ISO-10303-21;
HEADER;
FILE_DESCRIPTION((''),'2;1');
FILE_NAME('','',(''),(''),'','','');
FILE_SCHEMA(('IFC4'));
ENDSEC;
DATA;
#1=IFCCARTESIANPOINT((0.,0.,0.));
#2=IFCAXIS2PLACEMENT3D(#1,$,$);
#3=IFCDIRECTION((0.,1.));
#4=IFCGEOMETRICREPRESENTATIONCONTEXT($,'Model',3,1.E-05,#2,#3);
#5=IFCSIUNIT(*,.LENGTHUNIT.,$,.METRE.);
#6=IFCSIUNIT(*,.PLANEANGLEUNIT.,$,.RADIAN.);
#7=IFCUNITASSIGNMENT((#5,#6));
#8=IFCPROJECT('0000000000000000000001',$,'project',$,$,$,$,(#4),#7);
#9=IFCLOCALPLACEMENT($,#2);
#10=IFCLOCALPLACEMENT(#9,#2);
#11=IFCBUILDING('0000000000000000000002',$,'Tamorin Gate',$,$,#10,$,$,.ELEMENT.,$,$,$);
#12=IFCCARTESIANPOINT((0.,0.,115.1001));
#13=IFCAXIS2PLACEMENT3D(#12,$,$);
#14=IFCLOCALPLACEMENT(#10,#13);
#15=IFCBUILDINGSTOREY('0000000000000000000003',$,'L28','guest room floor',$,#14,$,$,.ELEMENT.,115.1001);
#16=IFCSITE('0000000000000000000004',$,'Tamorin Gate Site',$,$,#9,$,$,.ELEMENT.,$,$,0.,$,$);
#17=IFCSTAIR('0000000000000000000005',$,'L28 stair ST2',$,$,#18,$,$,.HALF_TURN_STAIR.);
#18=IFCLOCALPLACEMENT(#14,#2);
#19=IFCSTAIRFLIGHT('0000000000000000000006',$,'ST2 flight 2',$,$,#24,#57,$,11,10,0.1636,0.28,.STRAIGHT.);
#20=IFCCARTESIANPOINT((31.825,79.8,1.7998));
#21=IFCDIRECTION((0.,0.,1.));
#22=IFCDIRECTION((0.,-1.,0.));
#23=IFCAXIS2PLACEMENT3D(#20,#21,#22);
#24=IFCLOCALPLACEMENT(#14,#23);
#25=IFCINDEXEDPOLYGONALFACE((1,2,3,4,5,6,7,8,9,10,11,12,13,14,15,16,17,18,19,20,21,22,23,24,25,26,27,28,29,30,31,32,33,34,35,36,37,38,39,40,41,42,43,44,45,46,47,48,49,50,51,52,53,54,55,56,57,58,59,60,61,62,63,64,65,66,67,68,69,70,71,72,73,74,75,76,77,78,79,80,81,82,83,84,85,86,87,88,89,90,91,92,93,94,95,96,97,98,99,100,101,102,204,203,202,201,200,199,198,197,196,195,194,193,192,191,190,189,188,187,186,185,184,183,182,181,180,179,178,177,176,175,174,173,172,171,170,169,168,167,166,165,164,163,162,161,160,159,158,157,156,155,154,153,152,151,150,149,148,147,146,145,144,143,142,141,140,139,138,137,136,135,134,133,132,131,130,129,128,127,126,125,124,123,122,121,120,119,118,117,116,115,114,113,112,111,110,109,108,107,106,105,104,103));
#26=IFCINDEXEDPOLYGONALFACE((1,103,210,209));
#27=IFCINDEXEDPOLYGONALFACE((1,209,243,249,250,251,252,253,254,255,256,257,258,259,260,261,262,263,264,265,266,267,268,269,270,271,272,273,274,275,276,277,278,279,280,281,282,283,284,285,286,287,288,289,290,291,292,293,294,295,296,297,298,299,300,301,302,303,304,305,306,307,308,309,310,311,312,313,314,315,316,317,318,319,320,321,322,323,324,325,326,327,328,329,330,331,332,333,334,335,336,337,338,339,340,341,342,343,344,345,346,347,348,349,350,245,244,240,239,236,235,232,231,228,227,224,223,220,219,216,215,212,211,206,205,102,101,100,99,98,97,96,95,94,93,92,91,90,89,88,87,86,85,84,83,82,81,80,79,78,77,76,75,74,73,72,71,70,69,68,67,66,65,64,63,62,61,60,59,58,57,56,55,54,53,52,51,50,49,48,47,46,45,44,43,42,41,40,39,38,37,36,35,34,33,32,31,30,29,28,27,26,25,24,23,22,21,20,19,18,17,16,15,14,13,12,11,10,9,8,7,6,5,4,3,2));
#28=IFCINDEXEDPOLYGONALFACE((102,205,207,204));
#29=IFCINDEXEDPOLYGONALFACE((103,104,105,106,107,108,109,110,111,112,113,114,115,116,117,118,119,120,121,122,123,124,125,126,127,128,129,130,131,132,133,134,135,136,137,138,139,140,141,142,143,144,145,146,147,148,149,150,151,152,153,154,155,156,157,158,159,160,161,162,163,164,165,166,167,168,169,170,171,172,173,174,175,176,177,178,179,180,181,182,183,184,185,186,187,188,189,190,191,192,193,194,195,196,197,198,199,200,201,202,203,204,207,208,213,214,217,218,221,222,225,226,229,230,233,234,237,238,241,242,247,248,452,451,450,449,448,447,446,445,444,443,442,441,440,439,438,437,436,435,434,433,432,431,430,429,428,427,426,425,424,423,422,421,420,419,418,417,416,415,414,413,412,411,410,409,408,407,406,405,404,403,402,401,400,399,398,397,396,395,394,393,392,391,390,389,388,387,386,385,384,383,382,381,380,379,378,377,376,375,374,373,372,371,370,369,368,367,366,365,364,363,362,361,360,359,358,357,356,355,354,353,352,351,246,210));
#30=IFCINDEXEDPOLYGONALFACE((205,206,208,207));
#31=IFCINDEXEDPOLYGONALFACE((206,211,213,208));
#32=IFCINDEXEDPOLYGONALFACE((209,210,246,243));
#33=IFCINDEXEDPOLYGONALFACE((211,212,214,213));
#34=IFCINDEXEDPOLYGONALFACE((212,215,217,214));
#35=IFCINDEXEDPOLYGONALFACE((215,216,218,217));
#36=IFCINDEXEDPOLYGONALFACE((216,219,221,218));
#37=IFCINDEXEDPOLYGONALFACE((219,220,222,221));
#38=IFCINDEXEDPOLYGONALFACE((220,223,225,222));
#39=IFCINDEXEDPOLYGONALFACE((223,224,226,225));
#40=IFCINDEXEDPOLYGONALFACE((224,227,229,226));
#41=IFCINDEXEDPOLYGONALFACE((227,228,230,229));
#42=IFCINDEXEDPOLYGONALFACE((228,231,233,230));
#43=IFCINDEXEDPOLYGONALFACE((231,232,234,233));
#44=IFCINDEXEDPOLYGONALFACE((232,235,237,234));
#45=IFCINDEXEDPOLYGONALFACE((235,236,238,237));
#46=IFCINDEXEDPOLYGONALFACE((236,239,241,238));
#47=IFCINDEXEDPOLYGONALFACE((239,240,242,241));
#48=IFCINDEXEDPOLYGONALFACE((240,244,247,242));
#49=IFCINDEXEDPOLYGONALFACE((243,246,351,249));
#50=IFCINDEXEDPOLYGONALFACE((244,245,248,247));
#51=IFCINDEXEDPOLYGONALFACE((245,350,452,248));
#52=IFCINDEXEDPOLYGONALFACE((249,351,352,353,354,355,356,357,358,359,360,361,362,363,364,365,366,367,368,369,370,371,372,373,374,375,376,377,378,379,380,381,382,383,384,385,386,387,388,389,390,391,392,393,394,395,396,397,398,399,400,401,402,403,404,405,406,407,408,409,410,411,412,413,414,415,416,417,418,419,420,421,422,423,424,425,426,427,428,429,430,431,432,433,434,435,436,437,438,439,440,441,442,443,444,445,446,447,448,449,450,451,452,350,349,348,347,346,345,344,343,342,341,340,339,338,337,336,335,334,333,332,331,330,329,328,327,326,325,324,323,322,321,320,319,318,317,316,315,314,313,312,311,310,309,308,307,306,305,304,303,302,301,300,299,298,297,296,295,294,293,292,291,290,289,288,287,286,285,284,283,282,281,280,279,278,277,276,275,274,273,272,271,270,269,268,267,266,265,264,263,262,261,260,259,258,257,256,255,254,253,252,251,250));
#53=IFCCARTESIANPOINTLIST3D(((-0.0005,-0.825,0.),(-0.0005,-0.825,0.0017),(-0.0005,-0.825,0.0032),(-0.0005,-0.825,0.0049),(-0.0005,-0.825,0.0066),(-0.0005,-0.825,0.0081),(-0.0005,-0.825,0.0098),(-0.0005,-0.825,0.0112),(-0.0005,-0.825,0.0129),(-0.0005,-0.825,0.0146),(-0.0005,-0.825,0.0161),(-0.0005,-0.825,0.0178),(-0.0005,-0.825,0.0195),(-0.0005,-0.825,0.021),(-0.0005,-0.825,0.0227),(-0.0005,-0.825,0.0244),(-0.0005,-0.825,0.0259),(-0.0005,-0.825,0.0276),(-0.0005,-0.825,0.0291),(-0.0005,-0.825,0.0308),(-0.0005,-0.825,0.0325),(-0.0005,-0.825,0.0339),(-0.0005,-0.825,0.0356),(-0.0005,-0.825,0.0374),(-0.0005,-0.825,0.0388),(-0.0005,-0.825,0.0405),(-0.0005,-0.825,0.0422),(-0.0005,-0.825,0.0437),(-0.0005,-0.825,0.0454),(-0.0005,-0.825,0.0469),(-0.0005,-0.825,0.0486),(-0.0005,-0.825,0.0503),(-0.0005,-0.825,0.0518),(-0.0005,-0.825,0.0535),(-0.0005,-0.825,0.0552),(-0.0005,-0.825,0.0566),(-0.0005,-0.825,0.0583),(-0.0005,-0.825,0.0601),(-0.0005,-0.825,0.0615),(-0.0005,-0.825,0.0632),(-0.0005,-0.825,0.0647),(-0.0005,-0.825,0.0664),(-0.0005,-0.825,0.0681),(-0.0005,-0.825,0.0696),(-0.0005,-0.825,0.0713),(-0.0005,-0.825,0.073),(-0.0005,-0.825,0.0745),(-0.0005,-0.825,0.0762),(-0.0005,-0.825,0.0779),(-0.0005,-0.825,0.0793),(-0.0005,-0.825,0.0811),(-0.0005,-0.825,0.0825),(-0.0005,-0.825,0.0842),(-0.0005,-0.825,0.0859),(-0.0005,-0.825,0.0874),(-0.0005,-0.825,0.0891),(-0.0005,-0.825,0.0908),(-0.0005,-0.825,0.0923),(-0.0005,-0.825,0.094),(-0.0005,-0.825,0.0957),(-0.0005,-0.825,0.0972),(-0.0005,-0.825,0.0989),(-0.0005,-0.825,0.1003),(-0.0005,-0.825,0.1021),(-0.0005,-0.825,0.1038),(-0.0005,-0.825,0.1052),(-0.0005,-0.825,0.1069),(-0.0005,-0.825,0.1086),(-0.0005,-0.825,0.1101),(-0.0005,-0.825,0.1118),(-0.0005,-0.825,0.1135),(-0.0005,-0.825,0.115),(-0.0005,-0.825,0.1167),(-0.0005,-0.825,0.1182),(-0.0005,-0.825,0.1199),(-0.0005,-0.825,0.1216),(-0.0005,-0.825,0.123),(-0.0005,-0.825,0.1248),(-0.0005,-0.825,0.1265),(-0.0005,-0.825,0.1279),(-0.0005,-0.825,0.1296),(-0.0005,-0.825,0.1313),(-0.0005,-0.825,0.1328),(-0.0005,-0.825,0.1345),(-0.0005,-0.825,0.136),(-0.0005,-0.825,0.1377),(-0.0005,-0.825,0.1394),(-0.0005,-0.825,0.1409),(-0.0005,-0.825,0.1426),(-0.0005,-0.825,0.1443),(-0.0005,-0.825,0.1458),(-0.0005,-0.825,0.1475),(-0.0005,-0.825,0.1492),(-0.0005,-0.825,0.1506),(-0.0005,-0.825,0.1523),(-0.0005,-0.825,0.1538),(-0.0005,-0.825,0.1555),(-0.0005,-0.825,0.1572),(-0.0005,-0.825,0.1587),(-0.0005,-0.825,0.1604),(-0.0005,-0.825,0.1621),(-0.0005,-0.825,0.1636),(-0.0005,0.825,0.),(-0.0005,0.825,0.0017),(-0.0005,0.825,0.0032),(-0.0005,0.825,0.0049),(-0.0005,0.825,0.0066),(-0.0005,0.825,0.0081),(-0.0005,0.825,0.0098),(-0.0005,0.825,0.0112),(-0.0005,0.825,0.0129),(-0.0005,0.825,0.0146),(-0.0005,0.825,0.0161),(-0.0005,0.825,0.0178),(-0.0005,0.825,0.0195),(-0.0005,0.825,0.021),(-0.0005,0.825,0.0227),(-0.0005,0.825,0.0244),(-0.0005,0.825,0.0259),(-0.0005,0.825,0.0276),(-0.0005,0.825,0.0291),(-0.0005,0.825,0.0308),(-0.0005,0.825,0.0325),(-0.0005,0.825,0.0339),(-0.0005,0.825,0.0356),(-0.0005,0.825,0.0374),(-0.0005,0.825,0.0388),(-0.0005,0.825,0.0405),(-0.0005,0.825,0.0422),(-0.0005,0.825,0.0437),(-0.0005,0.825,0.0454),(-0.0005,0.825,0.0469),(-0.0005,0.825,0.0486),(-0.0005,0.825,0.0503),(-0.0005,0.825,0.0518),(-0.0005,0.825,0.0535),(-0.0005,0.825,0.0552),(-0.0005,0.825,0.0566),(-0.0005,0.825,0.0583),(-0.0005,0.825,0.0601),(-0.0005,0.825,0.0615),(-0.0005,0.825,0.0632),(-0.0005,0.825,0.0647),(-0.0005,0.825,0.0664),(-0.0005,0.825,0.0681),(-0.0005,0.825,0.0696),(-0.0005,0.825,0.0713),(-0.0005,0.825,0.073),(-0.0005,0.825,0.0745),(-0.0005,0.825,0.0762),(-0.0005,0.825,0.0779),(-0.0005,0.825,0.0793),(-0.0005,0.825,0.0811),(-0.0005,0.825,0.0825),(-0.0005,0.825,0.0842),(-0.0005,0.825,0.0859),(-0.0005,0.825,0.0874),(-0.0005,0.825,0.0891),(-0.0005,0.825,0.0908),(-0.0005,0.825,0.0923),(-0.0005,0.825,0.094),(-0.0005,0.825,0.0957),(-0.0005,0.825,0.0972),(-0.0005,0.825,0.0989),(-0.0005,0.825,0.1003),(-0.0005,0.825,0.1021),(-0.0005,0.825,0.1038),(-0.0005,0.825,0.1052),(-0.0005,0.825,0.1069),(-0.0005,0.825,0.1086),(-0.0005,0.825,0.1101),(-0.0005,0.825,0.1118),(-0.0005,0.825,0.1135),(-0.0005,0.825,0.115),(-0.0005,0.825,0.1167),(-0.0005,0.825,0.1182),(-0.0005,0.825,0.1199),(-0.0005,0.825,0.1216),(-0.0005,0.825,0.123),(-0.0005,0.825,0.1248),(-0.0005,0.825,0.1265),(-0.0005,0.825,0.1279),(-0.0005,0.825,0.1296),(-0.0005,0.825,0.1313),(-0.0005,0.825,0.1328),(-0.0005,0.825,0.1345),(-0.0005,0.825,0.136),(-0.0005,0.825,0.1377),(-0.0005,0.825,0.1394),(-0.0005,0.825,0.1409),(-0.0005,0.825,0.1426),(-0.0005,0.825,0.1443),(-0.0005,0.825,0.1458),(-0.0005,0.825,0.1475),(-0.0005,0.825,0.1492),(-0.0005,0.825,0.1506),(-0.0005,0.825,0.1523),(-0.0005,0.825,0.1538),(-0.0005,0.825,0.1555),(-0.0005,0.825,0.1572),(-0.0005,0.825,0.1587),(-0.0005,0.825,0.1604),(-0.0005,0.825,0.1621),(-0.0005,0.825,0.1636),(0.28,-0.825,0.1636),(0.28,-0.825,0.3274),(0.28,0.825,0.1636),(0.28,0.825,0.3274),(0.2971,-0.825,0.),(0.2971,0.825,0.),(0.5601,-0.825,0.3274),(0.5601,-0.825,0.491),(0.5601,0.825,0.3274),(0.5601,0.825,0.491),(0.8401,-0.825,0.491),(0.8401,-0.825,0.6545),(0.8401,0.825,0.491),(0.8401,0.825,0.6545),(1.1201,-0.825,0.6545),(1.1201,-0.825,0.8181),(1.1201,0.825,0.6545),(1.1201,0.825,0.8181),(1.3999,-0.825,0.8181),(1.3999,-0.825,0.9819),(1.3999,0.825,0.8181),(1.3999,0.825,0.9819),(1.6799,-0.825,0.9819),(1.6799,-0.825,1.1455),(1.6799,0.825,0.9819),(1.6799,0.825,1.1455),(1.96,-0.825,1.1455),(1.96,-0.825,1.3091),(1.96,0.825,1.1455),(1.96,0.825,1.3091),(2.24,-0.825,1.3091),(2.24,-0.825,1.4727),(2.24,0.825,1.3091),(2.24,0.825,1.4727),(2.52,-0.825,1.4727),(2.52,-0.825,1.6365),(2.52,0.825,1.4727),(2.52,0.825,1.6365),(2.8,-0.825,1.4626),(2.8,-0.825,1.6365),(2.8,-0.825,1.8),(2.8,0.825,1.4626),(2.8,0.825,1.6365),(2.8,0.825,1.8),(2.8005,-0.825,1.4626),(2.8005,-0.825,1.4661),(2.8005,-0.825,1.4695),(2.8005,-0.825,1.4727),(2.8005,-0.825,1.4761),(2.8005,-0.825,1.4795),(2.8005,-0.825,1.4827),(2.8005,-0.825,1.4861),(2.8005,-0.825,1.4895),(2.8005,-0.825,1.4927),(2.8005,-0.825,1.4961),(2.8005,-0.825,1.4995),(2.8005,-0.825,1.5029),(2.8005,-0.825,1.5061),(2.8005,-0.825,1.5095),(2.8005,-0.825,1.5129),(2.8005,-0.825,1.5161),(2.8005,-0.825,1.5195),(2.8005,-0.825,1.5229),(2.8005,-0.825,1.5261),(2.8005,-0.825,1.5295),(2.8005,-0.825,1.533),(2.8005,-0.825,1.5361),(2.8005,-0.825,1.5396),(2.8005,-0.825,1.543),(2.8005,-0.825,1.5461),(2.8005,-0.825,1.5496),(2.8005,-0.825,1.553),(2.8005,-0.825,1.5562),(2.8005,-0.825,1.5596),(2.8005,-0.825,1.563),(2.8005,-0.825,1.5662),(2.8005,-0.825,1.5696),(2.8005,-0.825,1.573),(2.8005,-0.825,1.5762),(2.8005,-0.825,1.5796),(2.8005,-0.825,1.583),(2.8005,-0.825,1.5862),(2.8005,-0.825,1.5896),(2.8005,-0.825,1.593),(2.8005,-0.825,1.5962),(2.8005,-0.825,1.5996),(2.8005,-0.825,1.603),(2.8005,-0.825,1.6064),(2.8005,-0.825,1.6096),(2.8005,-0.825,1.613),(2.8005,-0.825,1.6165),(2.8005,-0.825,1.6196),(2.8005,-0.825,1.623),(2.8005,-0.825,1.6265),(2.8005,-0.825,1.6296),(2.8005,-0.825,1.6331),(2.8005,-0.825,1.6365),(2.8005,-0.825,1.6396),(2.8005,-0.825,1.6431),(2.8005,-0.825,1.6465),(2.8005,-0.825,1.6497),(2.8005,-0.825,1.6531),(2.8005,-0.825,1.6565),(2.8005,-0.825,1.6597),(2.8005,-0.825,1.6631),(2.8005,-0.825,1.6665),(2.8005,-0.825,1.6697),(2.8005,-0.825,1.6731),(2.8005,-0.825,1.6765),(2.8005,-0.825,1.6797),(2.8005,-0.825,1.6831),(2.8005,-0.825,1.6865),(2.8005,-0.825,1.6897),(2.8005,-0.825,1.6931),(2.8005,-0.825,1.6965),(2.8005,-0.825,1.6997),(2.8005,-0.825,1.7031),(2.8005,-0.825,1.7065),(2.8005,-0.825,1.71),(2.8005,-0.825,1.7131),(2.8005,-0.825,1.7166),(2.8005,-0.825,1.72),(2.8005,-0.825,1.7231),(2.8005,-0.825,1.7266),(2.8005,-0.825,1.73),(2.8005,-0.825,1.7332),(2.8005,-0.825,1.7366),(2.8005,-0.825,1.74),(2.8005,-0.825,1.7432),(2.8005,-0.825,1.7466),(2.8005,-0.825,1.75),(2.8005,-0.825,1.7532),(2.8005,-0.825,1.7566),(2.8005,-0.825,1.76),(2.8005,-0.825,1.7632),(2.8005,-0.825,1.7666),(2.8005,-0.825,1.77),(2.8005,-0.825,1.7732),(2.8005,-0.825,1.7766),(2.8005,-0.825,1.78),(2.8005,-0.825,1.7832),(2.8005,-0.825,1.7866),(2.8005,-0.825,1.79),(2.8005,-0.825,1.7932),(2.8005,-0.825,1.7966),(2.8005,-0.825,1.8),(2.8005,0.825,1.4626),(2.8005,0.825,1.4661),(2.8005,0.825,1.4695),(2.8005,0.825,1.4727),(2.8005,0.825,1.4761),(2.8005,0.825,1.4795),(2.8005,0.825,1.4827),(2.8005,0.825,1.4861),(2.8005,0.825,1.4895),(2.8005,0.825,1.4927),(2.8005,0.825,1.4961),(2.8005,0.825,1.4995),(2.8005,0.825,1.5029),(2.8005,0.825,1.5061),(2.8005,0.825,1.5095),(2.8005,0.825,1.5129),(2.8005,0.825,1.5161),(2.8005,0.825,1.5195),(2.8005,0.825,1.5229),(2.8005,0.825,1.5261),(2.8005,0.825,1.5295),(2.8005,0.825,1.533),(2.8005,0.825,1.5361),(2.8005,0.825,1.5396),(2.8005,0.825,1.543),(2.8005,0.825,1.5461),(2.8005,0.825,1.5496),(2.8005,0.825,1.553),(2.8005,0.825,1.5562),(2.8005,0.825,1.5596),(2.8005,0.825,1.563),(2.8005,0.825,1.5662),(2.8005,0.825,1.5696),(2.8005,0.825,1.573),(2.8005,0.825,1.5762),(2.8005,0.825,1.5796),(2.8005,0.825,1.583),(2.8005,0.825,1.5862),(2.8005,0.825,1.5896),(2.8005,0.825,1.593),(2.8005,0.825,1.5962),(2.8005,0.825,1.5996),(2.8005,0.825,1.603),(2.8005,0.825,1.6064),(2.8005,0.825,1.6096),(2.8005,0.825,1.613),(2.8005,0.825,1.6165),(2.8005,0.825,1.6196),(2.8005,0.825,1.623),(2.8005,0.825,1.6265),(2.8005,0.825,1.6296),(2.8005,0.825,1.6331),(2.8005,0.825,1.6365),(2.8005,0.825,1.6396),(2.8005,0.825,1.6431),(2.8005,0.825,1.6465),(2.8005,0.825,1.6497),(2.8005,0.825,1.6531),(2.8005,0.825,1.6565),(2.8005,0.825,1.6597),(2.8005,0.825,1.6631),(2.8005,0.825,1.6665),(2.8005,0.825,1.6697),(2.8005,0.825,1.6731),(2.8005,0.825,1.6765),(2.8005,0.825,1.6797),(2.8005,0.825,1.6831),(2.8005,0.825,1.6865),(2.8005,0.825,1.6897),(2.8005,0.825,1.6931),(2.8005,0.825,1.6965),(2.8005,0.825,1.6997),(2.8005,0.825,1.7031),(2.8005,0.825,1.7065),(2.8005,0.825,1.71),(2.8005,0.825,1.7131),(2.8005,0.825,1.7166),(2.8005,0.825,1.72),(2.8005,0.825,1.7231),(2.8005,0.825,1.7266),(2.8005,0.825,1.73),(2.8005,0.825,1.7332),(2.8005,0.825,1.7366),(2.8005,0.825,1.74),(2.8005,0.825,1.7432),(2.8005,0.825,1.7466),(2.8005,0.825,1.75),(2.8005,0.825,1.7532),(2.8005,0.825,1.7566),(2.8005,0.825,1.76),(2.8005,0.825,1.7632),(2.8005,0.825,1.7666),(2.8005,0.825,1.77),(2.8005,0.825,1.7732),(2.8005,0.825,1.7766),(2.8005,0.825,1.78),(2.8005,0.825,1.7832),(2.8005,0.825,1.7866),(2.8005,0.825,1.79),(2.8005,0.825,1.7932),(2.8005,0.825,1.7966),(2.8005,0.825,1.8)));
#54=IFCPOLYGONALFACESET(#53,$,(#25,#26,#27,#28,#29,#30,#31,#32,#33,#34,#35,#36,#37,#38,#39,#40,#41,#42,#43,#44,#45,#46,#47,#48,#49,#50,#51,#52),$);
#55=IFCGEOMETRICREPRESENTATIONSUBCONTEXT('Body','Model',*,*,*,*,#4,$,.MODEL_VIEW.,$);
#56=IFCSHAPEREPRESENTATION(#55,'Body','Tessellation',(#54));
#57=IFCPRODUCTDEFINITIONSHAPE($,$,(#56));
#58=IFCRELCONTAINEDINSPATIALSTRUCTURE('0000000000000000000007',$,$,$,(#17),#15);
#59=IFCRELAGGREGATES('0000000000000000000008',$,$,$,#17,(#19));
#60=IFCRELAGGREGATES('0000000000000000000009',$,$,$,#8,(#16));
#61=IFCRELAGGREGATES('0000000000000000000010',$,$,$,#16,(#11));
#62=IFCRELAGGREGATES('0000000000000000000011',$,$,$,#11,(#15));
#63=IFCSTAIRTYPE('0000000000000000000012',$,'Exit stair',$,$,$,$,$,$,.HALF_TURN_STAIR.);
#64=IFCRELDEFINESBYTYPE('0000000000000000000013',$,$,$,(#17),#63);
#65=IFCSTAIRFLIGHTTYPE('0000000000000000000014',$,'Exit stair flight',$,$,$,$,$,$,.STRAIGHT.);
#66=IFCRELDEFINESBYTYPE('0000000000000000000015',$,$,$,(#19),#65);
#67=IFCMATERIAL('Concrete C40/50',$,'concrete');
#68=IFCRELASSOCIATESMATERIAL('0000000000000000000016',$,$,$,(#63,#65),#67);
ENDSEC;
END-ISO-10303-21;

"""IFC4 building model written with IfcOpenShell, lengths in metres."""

from ifc_helpers import new_model, si_unit, direction, frame, origin, place, context, subcontext, project, spatial, polyline, outline, extrude, material, type_object, element, aggregate, save


model = new_model("IFC4")

# Units and contexts
model_context = context("Model", 3, precision=1e-05, world=origin(), true_north=direction((0.0, 1.0)))
body_context = subcontext(model_context, "Body", "Model", "MODEL_VIEW")
ifc_project = project(units=[si_unit("LENGTHUNIT", "METRE"), si_unit("PLANEANGLEUNIT", "RADIAN")], contexts=[model_context])

# Site, building, storey
site_placement = place(None, origin())
site = spatial("IfcSite", under=ifc_project, at=site_placement, Name="Tamorin Gate Site", CompositionType="ELEMENT", RefElevation=0.0)
building_placement = place(site_placement, origin())
building = spatial("IfcBuilding", under=site, at=building_placement, Name="Tamorin Gate", CompositionType="ELEMENT")
storey_placement = place(building_placement, frame((0.0, 0.0, 115.1001)))
storey = spatial("IfcBuildingStorey", under=building, at=storey_placement, Name="L28", Description="guest room floor", CompositionType="ELEMENT", Elevation=115.1001)

# Shared definitions
ifc_material_1 = material(Name="Concrete C40/50", Category="concrete")

# Stair, stair flight
stair_type = type_object("IfcStairType", Name="Exit stair", PredefinedType="HALF_TURN_STAIR", material=ifc_material_1)
stair_placement = place(storey_placement, origin())
stair = element("IfcStair", 1, at=stair_placement, inside=storey, type_object=stair_type, Name="L28 stair ST2", PredefinedType="HALF_TURN_STAIR")
stair_flight_type = type_object("IfcStairFlightType", Name="Exit stair flight", PredefinedType="STRAIGHT", material=ifc_material_1)
stair_flight_1_placement = place(storey_placement, frame((31.825, 79.8, 1.7998), z_axis=(0.0, 0.0, 1.0), x_axis=(0.0, -1.0, 0.0)))
stair_flight_1 = element("IfcStairFlight", 2, at=stair_flight_1_placement, type_object=stair_flight_type, Name="ST2 flight 2", NumberOfRisers=11, NumberOfTreads=10, PredefinedType="STRAIGHT", RiserHeight=0.1636, TreadLength=0.28, context=body_context, shape_type="SweptSolid", body=[
    extrude(outline(polyline([(-0.0005, 0.0), (-0.0005, 0.0017), (-0.0005, 0.0032), (-0.0005, 0.0049), (-0.0005, 0.0066), (-0.0005, 0.0081), (-0.0005, 0.0098), (-0.0005, 0.0112), (-0.0005, 0.0129), (-0.0005, 0.0146), (-0.0005, 0.0161), (-0.0005, 0.0178), (-0.0005, 0.0195), (-0.0005, 0.021), (-0.0005, 0.0227), (-0.0005, 0.0244), (-0.0005, 0.0259), (-0.0005, 0.0276), (-0.0005, 0.0291), (-0.0005, 0.0308), (-0.0005, 0.0325), (-0.0005, 0.0339), (-0.0005, 0.0356), (-0.0005, 0.0374), (-0.0005, 0.0388), (-0.0005, 0.0405), (-0.0005, 0.0422), (-0.0005, 0.0437), (-0.0005, 0.0454), (-0.0005, 0.0469), (-0.0005, 0.0486), (-0.0005, 0.0503), (-0.0005, 0.0518), (-0.0005, 0.0535), (-0.0005, 0.0552), (-0.0005, 0.0566), (-0.0005, 0.0583), (-0.0005, 0.0601), (-0.0005, 0.0615), (-0.0005, 0.0632), (-0.0005, 0.0647), (-0.0005, 0.0664), (-0.0005, 0.0681), (-0.0005, 0.0696), (-0.0005, 0.0713), (-0.0005, 0.073), (-0.0005, 0.0745), (-0.0005, 0.0762), (-0.0005, 0.0779), (-0.0005, 0.0793), (-0.0005, 0.0811), (-0.0005, 0.0825), (-0.0005, 0.0842), (-0.0005, 0.0859), (-0.0005, 0.0874), (-0.0005, 0.0891), (-0.0005, 0.0908), (-0.0005, 0.0923), (-0.0005, 0.094), (-0.0005, 0.0957), (-0.0005, 0.0972), (-0.0005, 0.0989), (-0.0005, 0.1003), (-0.0005, 0.1021), (-0.0005, 0.1038), (-0.0005, 0.1052), (-0.0005, 0.1069), (-0.0005, 0.1086), (-0.0005, 0.1101), (-0.0005, 0.1118), (-0.0005, 0.1135), (-0.0005, 0.115), (-0.0005, 0.1167), (-0.0005, 0.1182), (-0.0005, 0.1199), (-0.0005, 0.1216), (-0.0005, 0.123), (-0.0005, 0.1248), (-0.0005, 0.1265), (-0.0005, 0.1279), (-0.0005, 0.1296), (-0.0005, 0.1313), (-0.0005, 0.1328), (-0.0005, 0.1345), (-0.0005, 0.136), (-0.0005, 0.1377), (-0.0005, 0.1394), (-0.0005, 0.1409), (-0.0005, 0.1426), (-0.0005, 0.1443), (-0.0005, 0.1458), (-0.0005, 0.1475), (-0.0005, 0.1492), (-0.0005, 0.1506), (-0.0005, 0.1523), (-0.0005, 0.1538), (-0.0005, 0.1555), (-0.0005, 0.1572), (-0.0005, 0.1587), (-0.0005, 0.1604), (-0.0005, 0.1621), (-0.0005, 0.1636), (0.28, 0.1636), (0.28, 0.3274), (0.5601, 0.3274), (0.5601, 0.491), (0.8401, 0.491), (0.8401, 0.6545), (1.1201, 0.6545), (1.1201, 0.8181), (1.3999, 0.8181), (1.3999, 0.9819), (1.6799, 0.9819), (1.6799, 1.1455), (1.96, 1.1455), (1.96, 1.3091), (2.24, 1.3091), (2.24, 1.4727), (2.52, 1.4727), (2.52, 1.6365), (2.8, 1.6365), (2.8, 1.8), (2.8005, 1.8), (2.8005, 1.7966), (2.8005, 1.7932), (2.8005, 1.79), (2.8005, 1.7866), (2.8005, 1.7832), (2.8005, 1.78), (2.8005, 1.7766), (2.8005, 1.7732), (2.8005, 1.77), (2.8005, 1.7666), (2.8005, 1.7632), (2.8005, 1.76), (2.8005, 1.7566), (2.8005, 1.7532), (2.8005, 1.75), (2.8005, 1.7466), (2.8005, 1.7432), (2.8005, 1.74), (2.8005, 1.7366), (2.8005, 1.7332), (2.8005, 1.73), (2.8005, 1.7266), (2.8005, 1.7231), (2.8005, 1.72), (2.8005, 1.7166), (2.8005, 1.7131), (2.8005, 1.71), (2.8005, 1.7065), (2.8005, 1.7031), (2.8005, 1.6997), (2.8005, 1.6965), (2.8005, 1.6931), (2.8005, 1.6897), (2.8005, 1.6865), (2.8005, 1.6831), (2.8005, 1.6797), (2.8005, 1.6765), (2.8005, 1.6731), (2.8005, 1.6697), (2.8005, 1.6665), (2.8005, 1.6631), (2.8005, 1.6597), (2.8005, 1.6565), (2.8005, 1.6531), (2.8005, 1.6497), (2.8005, 1.6465), (2.8005, 1.6431), (2.8005, 1.6396), (2.8005, 1.6365), (2.8005, 1.6331), (2.8005, 1.6296), (2.8005, 1.6265), (2.8005, 1.623), (2.8005, 1.6196), (2.8005, 1.6165), (2.8005, 1.613), (2.8005, 1.6096), (2.8005, 1.6064), (2.8005, 1.603), (2.8005, 1.5996), (2.8005, 1.5962), (2.8005, 1.593), (2.8005, 1.5896), (2.8005, 1.5862), (2.8005, 1.583), (2.8005, 1.5796), (2.8005, 1.5762), (2.8005, 1.573), (2.8005, 1.5696), (2.8005, 1.5662), (2.8005, 1.563), (2.8005, 1.5596), (2.8005, 1.5562), (2.8005, 1.553), (2.8005, 1.5496), (2.8005, 1.5461), (2.8005, 1.543), (2.8005, 1.5396), (2.8005, 1.5361), (2.8005, 1.533), (2.8005, 1.5295), (2.8005, 1.5261), (2.8005, 1.5229), (2.8005, 1.5195), (2.8005, 1.5161), (2.8005, 1.5129), (2.8005, 1.5095), (2.8005, 1.5061), (2.8005, 1.5029), (2.8005, 1.4995), (2.8005, 1.4961), (2.8005, 1.4927), (2.8005, 1.4895), (2.8005, 1.4861), (2.8005, 1.4827), (2.8005, 1.4795), (2.8005, 1.4761), (2.8005, 1.4727), (2.8005, 1.4695), (2.8005, 1.4661), (2.8005, 1.4626), (2.8, 1.4626), (0.2971, 0.0), (-0.0005, 0.0)])), frame((0.0, 0.825, 0.0), z_axis=(0.0, -1.0, 0.0), x_axis=(1.0, 0.0, 0.0)), (0.0, 0.0, 1.0), 1.6499),
])
aggregate(stair, [stair_flight_1])

save(model, "model.ifc")
